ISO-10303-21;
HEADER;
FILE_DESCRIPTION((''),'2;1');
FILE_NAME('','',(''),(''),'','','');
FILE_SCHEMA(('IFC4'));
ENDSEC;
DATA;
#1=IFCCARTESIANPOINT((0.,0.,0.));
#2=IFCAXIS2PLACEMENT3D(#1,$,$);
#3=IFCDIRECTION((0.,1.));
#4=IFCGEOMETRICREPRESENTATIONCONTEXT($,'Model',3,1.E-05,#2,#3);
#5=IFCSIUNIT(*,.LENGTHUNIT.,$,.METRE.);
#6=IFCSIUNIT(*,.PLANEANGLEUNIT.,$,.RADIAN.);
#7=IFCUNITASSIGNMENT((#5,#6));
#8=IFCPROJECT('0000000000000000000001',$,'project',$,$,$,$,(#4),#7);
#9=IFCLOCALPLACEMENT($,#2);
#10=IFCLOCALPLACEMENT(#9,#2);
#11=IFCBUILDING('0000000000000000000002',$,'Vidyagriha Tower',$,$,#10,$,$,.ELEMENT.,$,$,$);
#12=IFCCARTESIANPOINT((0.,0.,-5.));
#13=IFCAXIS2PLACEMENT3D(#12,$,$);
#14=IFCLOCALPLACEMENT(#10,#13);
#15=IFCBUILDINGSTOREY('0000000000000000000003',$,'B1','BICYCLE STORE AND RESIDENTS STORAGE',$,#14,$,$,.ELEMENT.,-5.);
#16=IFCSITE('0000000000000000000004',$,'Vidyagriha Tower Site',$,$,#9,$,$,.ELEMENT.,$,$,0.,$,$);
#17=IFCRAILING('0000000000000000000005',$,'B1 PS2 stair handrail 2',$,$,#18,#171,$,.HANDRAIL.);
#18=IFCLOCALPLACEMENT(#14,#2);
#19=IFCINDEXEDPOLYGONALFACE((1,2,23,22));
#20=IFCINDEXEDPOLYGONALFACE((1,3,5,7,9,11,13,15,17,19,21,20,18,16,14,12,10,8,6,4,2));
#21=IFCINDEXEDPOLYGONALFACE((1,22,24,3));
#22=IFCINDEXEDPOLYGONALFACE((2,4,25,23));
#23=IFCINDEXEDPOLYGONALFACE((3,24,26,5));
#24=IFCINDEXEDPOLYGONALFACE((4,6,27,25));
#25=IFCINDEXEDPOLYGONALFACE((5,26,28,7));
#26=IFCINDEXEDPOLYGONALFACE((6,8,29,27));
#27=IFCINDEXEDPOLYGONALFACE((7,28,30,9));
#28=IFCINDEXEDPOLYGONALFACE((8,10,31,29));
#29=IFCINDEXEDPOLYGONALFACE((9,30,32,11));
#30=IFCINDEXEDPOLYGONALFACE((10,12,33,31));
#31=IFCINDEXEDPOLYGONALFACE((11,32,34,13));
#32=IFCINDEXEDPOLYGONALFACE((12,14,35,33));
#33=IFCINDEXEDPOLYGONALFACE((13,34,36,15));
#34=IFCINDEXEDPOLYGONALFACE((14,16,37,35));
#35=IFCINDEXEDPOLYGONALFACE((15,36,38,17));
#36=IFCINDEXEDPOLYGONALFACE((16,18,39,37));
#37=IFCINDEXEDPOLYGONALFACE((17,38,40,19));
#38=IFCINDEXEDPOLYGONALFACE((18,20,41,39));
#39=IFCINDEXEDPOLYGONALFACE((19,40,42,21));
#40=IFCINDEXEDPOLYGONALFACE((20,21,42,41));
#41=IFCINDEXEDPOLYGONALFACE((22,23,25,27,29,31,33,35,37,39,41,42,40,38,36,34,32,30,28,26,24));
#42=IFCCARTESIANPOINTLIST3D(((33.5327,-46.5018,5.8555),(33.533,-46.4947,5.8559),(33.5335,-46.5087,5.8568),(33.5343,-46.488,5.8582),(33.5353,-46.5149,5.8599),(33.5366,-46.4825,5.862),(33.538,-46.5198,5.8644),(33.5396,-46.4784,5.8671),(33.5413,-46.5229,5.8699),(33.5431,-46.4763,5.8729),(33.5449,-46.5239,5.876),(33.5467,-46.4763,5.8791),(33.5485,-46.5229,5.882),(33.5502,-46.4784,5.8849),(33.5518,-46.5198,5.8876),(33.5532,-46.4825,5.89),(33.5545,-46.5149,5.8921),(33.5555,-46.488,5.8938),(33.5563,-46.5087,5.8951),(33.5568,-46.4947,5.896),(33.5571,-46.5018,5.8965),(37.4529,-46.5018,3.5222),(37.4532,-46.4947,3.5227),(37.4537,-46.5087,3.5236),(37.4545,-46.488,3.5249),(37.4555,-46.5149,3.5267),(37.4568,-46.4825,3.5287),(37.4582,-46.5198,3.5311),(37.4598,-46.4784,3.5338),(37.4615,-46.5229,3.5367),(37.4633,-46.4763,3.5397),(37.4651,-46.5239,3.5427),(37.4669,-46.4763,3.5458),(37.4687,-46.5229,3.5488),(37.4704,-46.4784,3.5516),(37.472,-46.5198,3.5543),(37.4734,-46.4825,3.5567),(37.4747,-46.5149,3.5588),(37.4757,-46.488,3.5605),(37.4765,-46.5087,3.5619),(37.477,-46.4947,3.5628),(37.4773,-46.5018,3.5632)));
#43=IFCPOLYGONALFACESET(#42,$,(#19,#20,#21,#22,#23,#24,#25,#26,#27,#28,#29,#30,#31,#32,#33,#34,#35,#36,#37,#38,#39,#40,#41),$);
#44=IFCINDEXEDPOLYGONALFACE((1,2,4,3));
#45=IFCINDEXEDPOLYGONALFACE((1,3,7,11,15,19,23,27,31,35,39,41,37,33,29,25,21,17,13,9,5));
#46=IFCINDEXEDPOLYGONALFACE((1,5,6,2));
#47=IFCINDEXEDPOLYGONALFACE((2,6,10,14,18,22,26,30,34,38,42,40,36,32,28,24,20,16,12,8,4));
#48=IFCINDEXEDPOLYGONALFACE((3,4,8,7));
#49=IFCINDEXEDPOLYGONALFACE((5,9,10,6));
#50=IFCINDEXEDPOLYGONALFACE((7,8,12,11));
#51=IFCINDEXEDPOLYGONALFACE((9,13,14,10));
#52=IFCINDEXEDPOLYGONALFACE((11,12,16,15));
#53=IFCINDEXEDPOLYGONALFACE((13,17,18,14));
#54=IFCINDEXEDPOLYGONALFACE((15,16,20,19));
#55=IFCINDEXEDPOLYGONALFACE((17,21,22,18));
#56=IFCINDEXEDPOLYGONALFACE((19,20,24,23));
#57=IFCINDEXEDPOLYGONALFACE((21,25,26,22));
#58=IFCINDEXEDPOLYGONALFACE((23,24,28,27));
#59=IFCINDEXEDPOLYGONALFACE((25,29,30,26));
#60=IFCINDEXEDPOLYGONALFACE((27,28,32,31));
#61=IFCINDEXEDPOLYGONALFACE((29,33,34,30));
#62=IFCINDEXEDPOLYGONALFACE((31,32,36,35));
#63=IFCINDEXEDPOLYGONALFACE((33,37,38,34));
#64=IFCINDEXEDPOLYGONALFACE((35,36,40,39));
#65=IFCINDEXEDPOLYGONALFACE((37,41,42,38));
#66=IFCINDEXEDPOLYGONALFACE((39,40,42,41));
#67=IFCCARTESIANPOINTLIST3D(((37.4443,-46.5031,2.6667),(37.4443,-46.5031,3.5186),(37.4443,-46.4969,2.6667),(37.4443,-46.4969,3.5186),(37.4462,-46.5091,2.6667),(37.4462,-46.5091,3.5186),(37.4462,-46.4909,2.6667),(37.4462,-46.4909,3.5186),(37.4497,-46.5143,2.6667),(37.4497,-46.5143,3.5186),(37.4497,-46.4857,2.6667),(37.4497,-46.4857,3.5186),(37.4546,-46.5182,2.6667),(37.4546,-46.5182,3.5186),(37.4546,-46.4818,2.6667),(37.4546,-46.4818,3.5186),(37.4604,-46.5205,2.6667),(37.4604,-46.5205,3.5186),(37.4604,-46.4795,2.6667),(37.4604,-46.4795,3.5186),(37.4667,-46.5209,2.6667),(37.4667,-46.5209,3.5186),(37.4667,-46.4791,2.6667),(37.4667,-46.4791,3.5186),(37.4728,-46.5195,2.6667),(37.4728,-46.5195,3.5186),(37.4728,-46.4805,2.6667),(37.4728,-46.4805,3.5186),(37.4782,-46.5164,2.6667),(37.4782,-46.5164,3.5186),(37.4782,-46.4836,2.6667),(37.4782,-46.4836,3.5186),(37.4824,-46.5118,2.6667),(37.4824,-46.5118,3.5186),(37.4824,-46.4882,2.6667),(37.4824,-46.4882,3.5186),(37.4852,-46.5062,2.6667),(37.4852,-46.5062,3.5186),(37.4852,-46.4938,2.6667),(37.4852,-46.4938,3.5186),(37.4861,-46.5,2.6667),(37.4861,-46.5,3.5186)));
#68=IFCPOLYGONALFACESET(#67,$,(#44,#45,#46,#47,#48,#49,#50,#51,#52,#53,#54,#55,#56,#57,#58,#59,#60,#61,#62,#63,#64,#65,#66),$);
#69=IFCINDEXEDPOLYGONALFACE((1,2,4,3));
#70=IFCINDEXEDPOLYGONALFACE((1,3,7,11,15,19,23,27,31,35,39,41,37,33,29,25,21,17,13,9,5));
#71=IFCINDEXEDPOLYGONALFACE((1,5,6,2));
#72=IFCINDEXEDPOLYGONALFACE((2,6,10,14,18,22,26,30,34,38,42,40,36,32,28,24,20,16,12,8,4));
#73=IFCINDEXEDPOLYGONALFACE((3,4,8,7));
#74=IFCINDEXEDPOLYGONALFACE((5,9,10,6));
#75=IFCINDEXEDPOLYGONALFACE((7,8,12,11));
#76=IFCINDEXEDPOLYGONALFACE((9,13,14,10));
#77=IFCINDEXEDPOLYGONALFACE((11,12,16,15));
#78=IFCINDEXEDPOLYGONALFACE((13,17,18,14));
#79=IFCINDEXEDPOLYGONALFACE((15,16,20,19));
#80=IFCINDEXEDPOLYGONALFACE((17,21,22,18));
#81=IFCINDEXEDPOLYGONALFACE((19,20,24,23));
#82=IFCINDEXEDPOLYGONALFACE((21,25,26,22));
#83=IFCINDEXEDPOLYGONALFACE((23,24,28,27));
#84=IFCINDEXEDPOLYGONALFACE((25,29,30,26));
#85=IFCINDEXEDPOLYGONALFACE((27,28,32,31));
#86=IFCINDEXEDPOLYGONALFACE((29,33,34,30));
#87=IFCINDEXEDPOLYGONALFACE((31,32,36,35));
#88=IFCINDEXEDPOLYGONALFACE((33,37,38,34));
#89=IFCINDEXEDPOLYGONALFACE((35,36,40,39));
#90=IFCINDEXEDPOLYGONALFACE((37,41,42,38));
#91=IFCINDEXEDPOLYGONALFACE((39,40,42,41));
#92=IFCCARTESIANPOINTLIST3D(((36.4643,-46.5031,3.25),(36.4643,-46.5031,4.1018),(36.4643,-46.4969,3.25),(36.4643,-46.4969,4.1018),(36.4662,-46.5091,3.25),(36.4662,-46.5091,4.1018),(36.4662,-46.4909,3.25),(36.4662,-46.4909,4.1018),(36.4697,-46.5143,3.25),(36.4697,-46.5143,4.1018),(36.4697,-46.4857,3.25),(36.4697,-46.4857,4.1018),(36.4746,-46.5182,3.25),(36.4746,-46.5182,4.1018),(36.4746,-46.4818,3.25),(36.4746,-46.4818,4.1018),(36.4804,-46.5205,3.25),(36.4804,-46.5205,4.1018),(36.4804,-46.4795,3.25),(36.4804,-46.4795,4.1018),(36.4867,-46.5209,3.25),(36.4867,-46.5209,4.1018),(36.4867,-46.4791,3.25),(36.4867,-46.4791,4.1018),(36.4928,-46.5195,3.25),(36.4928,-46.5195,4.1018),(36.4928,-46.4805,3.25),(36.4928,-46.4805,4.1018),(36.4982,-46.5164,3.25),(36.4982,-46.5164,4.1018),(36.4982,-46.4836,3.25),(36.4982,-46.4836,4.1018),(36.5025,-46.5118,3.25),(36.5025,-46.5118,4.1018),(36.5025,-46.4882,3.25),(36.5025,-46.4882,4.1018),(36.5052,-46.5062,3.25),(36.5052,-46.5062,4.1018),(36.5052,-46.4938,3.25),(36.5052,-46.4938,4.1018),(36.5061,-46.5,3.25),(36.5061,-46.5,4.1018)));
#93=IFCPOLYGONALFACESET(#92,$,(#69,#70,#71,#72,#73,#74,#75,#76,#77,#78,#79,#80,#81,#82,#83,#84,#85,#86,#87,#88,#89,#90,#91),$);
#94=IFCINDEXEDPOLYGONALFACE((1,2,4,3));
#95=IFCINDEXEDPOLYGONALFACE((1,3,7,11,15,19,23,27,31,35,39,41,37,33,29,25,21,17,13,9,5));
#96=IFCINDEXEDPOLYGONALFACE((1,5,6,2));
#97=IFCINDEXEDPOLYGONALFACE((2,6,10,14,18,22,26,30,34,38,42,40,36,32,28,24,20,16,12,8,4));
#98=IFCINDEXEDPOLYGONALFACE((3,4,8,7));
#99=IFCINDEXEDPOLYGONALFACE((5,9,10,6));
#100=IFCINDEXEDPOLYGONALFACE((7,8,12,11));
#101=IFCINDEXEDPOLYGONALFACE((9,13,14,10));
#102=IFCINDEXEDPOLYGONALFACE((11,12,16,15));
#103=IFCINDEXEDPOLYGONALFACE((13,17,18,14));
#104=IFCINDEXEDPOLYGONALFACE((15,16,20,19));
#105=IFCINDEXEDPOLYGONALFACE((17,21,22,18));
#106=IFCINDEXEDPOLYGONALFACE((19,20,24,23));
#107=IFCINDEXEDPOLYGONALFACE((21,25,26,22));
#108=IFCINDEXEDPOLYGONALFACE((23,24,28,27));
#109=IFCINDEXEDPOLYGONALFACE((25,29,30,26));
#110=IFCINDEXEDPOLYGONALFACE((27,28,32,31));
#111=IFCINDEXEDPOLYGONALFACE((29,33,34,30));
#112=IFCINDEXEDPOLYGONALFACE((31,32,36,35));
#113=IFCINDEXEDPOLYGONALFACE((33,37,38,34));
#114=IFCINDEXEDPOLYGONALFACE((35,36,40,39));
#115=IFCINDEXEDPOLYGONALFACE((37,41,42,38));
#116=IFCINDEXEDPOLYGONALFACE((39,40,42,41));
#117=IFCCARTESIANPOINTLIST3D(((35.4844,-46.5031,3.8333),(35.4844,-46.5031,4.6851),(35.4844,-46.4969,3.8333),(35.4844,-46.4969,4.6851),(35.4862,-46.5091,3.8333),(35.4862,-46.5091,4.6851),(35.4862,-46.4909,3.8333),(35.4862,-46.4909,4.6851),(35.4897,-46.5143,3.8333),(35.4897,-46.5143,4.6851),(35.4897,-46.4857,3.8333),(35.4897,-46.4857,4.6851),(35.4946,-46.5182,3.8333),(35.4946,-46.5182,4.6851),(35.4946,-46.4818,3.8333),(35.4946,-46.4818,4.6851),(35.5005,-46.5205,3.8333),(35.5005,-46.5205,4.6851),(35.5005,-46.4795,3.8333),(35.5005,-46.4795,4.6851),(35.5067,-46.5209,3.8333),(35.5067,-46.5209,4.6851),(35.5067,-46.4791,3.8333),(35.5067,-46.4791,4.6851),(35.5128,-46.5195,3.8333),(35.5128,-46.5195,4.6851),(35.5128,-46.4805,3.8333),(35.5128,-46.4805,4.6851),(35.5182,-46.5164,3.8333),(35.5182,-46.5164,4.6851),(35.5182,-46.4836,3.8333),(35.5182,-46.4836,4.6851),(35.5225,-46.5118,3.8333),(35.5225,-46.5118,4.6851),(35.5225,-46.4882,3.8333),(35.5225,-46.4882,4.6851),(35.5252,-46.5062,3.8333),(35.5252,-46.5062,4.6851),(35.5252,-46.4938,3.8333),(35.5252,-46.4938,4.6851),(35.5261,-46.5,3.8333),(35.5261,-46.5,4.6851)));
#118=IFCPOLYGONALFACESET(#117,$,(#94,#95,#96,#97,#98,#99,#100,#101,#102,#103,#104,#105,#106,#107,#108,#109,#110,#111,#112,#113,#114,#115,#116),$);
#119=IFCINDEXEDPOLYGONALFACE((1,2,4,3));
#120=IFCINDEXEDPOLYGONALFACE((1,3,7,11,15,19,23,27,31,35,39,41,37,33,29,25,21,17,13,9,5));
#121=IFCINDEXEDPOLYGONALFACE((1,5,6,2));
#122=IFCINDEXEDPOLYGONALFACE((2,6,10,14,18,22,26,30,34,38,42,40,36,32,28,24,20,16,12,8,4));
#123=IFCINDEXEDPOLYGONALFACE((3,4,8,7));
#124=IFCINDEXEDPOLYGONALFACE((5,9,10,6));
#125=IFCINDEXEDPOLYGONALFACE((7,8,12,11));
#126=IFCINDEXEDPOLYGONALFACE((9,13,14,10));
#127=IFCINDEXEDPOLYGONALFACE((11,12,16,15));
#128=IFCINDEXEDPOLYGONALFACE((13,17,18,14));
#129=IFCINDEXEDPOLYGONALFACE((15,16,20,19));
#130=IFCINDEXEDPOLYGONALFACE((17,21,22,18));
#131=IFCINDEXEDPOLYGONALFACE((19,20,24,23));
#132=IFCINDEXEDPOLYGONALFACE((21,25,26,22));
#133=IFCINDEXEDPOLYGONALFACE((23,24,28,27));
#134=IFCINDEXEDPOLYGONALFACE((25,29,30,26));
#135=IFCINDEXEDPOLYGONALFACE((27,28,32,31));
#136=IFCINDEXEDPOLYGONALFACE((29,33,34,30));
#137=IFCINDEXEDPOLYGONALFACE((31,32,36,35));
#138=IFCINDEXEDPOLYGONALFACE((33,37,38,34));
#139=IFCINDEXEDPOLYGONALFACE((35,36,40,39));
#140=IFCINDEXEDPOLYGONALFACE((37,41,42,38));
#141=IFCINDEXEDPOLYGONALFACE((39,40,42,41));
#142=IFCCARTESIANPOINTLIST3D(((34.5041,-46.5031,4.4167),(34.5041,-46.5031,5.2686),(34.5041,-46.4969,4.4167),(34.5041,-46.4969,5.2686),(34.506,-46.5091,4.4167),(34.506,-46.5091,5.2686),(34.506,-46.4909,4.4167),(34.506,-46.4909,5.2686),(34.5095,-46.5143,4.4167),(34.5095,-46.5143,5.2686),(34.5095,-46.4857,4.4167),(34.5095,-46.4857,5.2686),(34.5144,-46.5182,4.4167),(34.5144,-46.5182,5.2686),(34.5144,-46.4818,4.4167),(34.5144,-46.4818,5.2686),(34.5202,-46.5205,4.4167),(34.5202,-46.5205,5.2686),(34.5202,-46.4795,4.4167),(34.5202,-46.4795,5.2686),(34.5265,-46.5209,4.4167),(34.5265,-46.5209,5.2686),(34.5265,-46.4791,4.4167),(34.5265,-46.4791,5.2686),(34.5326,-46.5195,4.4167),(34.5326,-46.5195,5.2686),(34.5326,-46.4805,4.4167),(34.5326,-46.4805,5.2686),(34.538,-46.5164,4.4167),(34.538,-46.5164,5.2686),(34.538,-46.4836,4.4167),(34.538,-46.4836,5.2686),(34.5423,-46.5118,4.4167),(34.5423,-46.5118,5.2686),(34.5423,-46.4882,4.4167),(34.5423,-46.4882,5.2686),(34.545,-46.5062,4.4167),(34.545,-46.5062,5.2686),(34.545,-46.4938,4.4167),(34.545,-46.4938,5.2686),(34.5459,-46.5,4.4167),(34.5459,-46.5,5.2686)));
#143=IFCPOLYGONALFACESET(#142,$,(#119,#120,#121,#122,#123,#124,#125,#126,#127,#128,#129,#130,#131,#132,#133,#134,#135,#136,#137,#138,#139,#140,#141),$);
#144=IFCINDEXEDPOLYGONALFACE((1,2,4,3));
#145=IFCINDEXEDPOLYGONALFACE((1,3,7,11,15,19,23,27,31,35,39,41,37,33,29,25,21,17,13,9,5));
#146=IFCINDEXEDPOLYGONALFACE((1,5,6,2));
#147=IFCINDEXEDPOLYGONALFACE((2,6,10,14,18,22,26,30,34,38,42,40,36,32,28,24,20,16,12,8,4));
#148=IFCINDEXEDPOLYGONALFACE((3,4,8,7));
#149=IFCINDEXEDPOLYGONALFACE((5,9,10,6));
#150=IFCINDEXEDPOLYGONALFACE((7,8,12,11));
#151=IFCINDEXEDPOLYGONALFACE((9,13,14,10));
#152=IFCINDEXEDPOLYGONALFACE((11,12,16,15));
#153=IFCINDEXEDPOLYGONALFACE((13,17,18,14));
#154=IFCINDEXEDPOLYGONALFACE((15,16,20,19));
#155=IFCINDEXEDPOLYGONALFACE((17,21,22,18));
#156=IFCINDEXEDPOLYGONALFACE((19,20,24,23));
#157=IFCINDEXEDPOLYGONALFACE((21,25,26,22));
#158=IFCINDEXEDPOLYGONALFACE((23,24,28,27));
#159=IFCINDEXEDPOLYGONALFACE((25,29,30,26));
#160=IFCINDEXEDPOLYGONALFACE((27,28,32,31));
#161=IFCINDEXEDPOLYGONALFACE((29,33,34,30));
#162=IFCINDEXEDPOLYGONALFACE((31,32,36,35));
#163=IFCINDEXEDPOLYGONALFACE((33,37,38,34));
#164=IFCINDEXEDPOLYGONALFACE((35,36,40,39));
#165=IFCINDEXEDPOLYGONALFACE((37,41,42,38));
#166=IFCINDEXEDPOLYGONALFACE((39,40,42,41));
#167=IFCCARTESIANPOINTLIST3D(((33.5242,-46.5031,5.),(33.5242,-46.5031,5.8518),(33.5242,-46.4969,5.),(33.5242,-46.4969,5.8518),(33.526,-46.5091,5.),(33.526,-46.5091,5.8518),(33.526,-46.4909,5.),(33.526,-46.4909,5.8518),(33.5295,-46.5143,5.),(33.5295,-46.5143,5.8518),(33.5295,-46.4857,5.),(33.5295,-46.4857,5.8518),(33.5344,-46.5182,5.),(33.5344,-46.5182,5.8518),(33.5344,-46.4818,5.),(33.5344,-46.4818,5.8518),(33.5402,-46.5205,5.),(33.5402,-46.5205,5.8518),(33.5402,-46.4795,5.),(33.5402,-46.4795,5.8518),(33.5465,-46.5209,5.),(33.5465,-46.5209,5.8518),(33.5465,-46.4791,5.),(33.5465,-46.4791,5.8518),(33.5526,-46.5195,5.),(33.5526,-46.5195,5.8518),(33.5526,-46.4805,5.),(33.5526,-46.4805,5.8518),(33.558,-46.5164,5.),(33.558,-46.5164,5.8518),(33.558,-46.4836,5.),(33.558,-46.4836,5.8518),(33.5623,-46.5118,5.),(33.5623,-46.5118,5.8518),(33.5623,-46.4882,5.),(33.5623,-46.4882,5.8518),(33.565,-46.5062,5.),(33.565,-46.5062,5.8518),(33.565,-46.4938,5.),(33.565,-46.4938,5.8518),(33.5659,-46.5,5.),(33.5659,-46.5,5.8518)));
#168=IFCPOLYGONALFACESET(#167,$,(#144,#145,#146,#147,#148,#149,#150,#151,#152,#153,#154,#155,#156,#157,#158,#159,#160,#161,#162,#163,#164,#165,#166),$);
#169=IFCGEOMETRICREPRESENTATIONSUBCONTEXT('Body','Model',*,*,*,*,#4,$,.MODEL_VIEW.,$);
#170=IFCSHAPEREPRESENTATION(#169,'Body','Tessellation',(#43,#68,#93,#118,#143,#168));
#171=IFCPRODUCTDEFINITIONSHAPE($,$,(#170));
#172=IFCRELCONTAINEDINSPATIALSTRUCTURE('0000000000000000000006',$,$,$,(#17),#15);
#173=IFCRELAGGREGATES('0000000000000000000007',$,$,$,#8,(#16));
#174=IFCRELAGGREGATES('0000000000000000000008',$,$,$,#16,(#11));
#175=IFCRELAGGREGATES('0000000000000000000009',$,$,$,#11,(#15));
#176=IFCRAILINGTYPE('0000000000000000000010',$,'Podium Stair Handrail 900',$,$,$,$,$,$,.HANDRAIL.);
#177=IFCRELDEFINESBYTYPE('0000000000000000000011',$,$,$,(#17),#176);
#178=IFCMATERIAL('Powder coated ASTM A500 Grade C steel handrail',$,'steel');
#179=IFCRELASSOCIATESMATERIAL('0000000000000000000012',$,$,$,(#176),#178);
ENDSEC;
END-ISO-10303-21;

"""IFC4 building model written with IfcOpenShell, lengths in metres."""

from ifc_helpers import new_model, si_unit, direction, frame, origin, origin_2d, place, context, subcontext, project, spatial, circle, extrude, material, type_object, element, save


model = new_model("IFC4")

# Units and contexts
model_context = context("Model", 3, precision=1e-05, world=origin(), true_north=direction((0.0, 1.0)))
body_context = subcontext(model_context, "Body", "Model", "MODEL_VIEW")
ifc_project = project(units=[si_unit("LENGTHUNIT", "METRE"), si_unit("PLANEANGLEUNIT", "RADIAN")], contexts=[model_context])

# Site, building, storey
site_placement = place(None, origin())
site = spatial("IfcSite", under=ifc_project, at=site_placement, Name="Vidyagriha Tower Site", CompositionType="ELEMENT", RefElevation=0.0)
building_placement = place(site_placement, origin())
building = spatial("IfcBuilding", under=site, at=building_placement, Name="Vidyagriha Tower", CompositionType="ELEMENT")
storey_placement = place(building_placement, frame((0.0, 0.0, -5.0)))
storey = spatial("IfcBuildingStorey", under=building, at=storey_placement, Name="B1", Description="BICYCLE STORE AND RESIDENTS STORAGE", CompositionType="ELEMENT", Elevation=-5.0)

# Railing
ifc_material_1 = material(Name="Powder coated ASTM A500 Grade C steel handrail", Category="steel")
railing_type_1 = type_object("IfcRailingType", Name="Podium Stair Handrail 900", PredefinedType="HANDRAIL", material=ifc_material_1)
railing_1_placement = place(storey_placement, frame((37.4651, -46.5, 2.6667)))
element("IfcRailing", 1, at=railing_1_placement, inside=storey, type_object=railing_type_1, Name="B1 PS2 stair handrail 2", PredefinedType="HANDRAIL", context=body_context, shape_type="SweptSolid", body=[
    extrude(circle(Radius=0.0239, at=origin_2d()), frame((0.0, 0.0, 0.876), z_axis=(-0.85931, 0.0, 0.511455), x_axis=(0.0, -1.0, 0.0)), (0.0, 0.0, 1.0), 4.562),
    extrude(circle(Radius=0.021, at=origin_2d()), origin(), (0.0, 0.0, 1.0), 0.8518),
    extrude(circle(Radius=0.021, at=origin_2d()), frame((-0.98, 0.0, 0.5833)), (0.0, 0.0, 1.0), 0.8518),
    extrude(circle(Radius=0.021, at=origin_2d()), frame((-1.96, 0.0, 1.1665)), (0.0, 0.0, 1.0), 0.8518),
    extrude(circle(Radius=0.021, at=origin_2d()), frame((-2.9402, 0.0, 1.75)), (0.0, 0.0, 1.0), 0.8518),
    extrude(circle(Radius=0.021, at=origin_2d()), frame((-3.9202, 0.0, 2.3333)), (0.0, 0.0, 1.0), 0.8518),
])

save(model, "model.ifc")
